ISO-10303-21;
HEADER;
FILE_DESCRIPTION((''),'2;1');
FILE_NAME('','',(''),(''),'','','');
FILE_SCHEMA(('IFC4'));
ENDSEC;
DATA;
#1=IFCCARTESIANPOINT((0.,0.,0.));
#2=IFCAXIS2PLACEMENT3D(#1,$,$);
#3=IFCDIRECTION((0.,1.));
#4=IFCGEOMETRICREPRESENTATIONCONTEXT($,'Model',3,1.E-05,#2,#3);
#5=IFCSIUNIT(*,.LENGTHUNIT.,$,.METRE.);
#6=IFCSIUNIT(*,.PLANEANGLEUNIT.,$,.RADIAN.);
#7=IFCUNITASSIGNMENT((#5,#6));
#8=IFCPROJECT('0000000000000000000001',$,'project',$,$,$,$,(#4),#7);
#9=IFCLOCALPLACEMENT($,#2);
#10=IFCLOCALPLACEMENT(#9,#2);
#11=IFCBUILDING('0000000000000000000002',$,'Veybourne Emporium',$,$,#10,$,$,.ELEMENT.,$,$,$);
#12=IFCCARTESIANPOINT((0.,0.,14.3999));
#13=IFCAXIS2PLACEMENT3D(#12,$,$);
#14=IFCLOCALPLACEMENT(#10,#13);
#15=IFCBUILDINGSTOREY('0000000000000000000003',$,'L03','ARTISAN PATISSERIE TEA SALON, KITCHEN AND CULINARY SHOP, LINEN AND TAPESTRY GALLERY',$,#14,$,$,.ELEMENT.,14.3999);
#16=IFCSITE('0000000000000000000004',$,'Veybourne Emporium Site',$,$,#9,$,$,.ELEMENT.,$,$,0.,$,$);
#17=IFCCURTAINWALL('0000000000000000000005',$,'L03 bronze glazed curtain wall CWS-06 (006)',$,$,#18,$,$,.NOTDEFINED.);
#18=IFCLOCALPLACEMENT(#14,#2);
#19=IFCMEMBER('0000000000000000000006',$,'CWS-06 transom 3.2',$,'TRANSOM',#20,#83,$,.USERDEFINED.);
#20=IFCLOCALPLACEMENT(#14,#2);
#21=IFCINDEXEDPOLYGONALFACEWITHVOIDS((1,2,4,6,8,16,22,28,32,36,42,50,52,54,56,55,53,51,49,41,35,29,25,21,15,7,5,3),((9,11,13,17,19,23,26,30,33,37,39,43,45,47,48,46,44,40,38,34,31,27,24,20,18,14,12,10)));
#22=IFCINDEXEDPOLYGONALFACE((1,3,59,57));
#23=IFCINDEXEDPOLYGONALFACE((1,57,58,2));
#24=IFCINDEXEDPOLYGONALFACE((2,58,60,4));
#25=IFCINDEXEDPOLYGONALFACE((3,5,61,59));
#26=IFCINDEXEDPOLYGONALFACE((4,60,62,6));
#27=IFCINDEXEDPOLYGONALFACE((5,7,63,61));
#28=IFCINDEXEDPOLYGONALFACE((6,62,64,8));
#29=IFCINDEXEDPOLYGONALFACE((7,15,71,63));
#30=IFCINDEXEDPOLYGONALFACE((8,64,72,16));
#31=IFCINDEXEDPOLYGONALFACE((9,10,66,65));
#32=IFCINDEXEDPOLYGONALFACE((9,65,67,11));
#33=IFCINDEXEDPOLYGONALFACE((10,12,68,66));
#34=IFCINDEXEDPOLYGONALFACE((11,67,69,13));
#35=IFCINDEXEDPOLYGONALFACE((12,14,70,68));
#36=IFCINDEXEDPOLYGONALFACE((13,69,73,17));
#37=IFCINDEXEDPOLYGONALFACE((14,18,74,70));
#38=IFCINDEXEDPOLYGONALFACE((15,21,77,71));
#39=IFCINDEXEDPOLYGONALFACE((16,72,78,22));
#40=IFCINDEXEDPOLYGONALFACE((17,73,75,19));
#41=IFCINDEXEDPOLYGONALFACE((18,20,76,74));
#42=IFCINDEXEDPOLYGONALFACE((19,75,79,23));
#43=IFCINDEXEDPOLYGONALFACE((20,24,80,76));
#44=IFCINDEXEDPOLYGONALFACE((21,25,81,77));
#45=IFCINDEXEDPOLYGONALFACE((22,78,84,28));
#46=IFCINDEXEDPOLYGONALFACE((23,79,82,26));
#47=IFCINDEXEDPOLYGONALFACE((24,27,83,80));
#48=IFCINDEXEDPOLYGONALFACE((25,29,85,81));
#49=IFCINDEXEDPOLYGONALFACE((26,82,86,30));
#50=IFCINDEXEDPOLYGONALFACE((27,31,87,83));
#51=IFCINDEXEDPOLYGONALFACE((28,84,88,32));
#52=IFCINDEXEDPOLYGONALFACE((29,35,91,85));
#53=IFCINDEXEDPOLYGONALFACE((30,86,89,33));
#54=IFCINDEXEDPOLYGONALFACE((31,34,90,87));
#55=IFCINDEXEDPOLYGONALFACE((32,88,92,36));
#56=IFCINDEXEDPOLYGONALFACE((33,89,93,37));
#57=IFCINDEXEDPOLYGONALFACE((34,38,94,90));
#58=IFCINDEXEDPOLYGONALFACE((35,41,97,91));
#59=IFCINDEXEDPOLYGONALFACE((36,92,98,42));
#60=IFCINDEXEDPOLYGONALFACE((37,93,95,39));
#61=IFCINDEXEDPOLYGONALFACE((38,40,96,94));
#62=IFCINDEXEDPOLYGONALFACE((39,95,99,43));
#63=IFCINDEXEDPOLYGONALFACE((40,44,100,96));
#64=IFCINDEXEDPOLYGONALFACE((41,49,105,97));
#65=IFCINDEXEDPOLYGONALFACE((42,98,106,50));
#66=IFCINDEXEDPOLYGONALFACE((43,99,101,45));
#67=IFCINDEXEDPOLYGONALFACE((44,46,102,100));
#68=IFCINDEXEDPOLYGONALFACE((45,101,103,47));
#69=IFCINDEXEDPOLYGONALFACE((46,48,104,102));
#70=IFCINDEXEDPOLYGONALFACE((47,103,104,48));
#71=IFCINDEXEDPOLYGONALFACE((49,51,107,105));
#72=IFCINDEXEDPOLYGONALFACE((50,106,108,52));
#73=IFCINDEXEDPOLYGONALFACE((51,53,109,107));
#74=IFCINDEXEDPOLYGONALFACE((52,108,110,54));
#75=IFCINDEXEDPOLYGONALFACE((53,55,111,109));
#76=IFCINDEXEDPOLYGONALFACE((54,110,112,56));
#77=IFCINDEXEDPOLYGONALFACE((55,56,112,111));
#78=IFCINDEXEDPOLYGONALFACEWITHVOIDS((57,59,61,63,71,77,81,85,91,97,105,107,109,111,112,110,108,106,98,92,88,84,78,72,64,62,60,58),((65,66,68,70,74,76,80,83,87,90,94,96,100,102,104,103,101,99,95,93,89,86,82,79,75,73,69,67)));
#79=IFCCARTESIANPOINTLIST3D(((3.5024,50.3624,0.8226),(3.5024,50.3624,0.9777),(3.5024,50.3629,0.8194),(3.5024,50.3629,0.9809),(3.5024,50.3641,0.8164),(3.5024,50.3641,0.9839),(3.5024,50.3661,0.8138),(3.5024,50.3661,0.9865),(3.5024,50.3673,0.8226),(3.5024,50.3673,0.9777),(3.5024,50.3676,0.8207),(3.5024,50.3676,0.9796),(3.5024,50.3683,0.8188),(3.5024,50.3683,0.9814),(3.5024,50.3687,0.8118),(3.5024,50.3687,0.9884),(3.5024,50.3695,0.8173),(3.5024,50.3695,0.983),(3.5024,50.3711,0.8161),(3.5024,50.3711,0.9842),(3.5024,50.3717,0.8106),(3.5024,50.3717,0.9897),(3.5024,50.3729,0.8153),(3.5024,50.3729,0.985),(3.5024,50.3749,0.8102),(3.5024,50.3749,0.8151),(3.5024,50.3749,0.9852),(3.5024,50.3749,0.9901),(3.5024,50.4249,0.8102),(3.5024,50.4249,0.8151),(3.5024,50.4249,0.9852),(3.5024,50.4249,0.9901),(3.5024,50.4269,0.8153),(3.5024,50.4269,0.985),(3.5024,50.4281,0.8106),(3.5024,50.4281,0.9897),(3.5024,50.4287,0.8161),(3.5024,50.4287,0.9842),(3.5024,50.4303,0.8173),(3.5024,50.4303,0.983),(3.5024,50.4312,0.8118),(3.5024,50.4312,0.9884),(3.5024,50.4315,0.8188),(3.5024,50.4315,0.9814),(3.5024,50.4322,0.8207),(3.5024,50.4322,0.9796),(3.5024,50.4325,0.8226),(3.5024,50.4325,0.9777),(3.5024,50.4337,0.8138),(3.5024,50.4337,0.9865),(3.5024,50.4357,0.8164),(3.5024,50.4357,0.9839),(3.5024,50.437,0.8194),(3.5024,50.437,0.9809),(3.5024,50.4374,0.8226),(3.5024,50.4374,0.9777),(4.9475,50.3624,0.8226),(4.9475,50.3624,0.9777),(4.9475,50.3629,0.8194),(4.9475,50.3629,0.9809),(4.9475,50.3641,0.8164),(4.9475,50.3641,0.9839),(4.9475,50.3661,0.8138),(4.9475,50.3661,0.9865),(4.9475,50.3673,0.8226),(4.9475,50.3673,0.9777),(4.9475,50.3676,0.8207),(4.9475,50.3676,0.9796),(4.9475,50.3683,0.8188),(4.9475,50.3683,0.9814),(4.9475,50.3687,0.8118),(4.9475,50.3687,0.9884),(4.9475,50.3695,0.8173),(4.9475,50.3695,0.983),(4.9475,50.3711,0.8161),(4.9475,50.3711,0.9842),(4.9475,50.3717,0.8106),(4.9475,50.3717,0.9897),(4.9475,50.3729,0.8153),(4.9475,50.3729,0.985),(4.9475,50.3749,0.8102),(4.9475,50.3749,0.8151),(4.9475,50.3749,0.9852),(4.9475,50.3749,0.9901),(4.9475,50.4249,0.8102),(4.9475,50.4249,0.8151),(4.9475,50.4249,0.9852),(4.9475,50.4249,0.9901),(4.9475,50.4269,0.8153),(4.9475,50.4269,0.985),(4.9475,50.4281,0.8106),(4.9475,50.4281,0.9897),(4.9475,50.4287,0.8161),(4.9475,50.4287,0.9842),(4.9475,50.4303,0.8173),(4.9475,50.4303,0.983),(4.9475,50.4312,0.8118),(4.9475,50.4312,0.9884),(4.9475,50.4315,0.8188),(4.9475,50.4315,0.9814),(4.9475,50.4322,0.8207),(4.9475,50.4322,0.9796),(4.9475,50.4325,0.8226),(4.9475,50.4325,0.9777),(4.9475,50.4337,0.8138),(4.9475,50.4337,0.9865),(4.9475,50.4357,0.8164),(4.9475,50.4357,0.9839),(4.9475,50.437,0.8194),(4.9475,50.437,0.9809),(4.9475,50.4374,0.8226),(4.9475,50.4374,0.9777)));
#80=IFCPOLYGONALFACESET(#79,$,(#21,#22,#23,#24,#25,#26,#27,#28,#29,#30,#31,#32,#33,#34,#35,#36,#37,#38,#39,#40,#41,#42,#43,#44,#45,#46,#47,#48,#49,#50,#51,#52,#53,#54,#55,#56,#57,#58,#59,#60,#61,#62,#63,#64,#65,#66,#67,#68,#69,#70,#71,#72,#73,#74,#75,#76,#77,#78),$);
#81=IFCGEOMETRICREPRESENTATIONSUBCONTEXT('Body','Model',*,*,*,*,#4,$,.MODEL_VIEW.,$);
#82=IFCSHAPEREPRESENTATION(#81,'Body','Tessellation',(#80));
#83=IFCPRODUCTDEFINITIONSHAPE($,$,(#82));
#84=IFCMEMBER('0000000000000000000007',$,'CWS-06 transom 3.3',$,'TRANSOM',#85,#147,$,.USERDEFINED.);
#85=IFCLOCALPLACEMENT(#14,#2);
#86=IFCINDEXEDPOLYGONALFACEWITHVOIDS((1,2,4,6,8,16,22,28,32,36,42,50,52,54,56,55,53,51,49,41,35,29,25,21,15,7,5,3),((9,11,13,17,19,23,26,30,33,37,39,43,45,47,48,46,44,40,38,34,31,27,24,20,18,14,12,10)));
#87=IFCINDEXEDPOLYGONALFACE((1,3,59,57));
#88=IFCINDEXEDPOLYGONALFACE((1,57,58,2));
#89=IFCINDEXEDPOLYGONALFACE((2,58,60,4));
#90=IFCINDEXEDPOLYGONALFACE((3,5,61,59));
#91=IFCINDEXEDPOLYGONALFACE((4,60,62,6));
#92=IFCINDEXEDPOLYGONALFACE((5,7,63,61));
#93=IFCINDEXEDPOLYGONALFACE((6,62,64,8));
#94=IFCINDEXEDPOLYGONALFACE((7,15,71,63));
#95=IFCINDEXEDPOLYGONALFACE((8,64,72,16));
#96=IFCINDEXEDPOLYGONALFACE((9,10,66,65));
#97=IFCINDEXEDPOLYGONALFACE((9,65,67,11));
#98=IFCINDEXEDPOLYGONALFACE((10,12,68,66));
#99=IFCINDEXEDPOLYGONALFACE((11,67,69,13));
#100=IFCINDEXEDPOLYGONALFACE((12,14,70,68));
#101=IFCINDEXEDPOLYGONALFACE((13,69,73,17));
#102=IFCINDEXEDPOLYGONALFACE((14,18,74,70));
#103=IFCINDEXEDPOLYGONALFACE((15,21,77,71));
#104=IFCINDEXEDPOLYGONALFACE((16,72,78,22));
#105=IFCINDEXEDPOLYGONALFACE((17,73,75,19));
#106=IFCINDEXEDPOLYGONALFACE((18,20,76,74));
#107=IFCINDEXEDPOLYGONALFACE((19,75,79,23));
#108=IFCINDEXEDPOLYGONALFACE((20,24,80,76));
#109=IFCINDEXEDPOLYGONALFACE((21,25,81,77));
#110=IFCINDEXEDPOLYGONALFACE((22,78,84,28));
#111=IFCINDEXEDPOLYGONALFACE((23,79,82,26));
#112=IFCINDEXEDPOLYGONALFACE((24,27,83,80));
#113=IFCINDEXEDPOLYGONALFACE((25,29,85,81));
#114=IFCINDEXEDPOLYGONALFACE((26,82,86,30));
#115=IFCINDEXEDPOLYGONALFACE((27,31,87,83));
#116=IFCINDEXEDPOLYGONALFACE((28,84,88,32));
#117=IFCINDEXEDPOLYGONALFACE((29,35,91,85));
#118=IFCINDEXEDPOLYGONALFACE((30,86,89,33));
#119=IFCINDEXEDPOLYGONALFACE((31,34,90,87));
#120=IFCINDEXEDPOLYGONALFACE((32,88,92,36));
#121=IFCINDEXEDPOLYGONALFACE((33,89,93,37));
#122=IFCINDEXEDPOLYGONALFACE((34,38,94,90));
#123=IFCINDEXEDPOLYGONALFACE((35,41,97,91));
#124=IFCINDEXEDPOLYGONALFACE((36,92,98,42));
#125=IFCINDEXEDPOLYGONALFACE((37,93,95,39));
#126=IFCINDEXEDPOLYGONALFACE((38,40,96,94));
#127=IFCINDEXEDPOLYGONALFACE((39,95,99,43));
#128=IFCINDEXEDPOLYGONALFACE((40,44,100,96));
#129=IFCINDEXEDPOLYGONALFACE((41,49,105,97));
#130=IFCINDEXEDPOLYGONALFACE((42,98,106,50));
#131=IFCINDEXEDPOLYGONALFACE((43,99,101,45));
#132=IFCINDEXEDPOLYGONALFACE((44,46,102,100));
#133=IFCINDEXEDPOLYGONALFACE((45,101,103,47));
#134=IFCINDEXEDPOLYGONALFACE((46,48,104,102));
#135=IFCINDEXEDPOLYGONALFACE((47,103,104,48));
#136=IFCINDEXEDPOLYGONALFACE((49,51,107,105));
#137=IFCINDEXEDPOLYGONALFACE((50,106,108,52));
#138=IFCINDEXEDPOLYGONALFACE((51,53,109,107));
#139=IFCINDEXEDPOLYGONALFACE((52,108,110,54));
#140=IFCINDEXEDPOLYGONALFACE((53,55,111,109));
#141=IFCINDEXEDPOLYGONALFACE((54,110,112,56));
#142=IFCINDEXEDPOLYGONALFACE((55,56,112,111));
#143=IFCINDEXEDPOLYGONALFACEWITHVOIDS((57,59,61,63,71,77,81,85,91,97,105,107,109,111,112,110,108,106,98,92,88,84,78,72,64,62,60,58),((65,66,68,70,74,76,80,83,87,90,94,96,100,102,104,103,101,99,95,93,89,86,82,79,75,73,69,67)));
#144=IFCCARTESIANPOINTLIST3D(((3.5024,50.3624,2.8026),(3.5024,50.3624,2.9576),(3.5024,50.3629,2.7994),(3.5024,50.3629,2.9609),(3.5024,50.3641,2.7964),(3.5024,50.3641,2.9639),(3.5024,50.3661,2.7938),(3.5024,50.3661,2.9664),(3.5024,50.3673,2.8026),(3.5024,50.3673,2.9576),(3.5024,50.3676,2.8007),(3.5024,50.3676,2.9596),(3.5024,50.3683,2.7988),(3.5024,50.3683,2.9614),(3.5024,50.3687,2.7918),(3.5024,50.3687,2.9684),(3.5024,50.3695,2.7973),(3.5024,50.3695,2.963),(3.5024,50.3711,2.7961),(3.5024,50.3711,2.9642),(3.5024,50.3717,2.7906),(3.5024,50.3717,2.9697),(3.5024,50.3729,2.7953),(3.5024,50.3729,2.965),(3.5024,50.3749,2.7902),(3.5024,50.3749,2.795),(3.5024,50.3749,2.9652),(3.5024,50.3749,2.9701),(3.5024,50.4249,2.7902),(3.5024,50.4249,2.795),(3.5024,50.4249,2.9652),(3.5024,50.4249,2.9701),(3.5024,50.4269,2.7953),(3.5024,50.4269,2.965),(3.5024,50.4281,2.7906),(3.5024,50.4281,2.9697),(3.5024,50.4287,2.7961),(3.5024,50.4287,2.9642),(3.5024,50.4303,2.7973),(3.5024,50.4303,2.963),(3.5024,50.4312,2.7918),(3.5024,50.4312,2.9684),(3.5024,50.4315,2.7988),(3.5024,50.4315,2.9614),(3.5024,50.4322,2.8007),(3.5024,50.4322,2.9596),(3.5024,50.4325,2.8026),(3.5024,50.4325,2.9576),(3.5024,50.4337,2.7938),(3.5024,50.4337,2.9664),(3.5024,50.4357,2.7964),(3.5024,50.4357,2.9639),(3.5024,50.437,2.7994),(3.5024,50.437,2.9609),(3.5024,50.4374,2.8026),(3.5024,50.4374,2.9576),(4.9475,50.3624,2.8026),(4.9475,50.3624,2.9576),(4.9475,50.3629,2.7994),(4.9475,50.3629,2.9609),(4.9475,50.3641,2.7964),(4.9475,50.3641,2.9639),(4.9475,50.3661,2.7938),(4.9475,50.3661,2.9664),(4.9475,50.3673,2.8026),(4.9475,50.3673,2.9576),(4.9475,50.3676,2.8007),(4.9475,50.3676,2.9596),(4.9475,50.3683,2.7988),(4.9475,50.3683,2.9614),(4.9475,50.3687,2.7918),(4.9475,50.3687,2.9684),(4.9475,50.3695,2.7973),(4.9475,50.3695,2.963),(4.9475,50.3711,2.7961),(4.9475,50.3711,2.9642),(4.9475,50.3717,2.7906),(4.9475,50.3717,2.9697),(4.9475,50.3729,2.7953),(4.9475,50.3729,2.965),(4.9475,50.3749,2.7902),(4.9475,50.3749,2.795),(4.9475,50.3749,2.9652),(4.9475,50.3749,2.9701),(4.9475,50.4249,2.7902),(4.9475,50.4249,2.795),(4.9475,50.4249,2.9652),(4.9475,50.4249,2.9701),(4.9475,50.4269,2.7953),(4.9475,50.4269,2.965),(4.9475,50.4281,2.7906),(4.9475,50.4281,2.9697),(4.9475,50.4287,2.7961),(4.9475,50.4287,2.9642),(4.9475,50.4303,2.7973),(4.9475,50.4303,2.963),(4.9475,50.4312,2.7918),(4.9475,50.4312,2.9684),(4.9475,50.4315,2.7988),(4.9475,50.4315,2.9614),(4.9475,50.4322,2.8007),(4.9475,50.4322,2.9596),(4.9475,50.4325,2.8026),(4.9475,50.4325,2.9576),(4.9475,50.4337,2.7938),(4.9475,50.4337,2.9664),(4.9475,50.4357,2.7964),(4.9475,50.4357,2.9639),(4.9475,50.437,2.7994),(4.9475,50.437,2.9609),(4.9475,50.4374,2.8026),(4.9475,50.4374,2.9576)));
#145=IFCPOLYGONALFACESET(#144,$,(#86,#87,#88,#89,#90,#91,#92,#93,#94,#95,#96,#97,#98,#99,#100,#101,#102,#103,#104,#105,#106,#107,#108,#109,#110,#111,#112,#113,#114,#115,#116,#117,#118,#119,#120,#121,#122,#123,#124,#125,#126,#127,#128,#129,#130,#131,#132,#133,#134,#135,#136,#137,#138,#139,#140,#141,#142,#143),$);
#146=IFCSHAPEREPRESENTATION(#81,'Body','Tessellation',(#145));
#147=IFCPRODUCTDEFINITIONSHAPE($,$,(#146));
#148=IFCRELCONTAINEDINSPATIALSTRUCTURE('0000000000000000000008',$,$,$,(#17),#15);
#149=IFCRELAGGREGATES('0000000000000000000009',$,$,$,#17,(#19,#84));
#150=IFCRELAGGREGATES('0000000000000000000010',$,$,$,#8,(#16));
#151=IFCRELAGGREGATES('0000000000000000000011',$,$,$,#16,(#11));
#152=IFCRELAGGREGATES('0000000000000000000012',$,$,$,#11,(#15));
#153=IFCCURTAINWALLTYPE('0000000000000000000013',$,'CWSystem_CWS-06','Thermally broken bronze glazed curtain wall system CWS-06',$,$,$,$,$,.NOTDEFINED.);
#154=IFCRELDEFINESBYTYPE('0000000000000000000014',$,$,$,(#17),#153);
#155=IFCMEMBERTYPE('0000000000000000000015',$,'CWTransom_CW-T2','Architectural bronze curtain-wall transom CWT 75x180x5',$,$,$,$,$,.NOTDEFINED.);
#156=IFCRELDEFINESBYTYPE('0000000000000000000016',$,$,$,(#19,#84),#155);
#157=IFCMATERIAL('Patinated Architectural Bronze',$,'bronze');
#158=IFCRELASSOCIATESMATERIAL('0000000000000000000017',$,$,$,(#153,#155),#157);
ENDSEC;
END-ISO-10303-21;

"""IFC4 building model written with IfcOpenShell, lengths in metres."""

from ifc_helpers import new_model, si_unit, direction, frame, origin, origin_2d, place, context, subcontext, project, spatial, hollow_rectangle, extrude, material, material_profile, profile_set, type_object, element, aggregate, save


model = new_model("IFC4")

# Units and contexts
model_context = context("Model", 3, precision=1e-05, world=origin(), true_north=direction((0.0, 1.0)))
body_context = subcontext(model_context, "Body", "Model", "MODEL_VIEW")
ifc_project = project(units=[si_unit("LENGTHUNIT", "METRE"), si_unit("PLANEANGLEUNIT", "RADIAN")], contexts=[model_context])

# Site, building, storey
site_placement = place(None, origin())
site = spatial("IfcSite", under=ifc_project, at=site_placement, Name="Veybourne Emporium Site", CompositionType="ELEMENT", RefElevation=0.0)
building_placement = place(site_placement, origin())
building = spatial("IfcBuilding", under=site, at=building_placement, Name="Veybourne Emporium", CompositionType="ELEMENT")
storey_placement = place(building_placement, frame((0.0, 0.0, 14.3999)))
storey = spatial("IfcBuildingStorey", under=building, at=storey_placement, Name="L03", Description="ARTISAN PATISSERIE TEA SALON, KITCHEN AND CULINARY SHOP, LINEN AND TAPESTRY GALLERY", CompositionType="ELEMENT", Elevation=14.3999)

# Curtain wall, members
ifc_material_1 = material(Name="Patinated Architectural Bronze", Category="bronze")
curtain_wall_type = type_object("IfcCurtainWallType", Name="CWSystem_CWS-06", Description="Thermally broken bronze glazed curtain wall system CWS-06", PredefinedType="NOTDEFINED", material=ifc_material_1)
curtain_wall_placement = place(storey_placement, origin())
curtain_wall = element("IfcCurtainWall", 1, at=curtain_wall_placement, inside=storey, type_object=curtain_wall_type, Name="L03 bronze glazed curtain wall CWS-06 (006)", PredefinedType="NOTDEFINED")
ifc_material_profile_1 = material_profile(ifc_material_1, hollow_rectangle(XDim=0.075, YDim=0.1799, WallThickness=0.0049, InnerFilletRadius=0.0076, OuterFilletRadius=0.0125, at=origin_2d()), Name="CWT 75x180x5")
ifc_profile_set_1 = profile_set([ifc_material_profile_1], Name="Patinated Architectural Bronze")
member_type_1 = type_object("IfcMemberType", Name="CWTransom_CW-T2", Description="Architectural bronze curtain-wall transom CWT 75x180x5", PredefinedType="NOTDEFINED", material=ifc_profile_set_1)
member_1_placement = place(storey_placement, frame((3.5024, 50.3999, 0.9001), z_axis=(1.0, 0.0, 0.0), x_axis=(0.0, 1.0, 0.0)))
member_1 = element("IfcMember", 2, at=member_1_placement, type_object=member_type_1, Name="CWS-06 transom 3.2", ObjectType="TRANSOM", PredefinedType="USERDEFINED", context=body_context, shape_type="SweptSolid", body=[
    extrude(hollow_rectangle(XDim=0.075, YDim=0.1799, WallThickness=0.0049, InnerFilletRadius=0.0076, OuterFilletRadius=0.0125, at=origin_2d()), origin(), (0.0, 0.0, 1.0), 1.4451),
])
member_2_placement = place(storey_placement, frame((3.5024, 50.3999, 2.8801), z_axis=(1.0, 0.0, 0.0), x_axis=(0.0, 1.0, 0.0)))
member_2 = element("IfcMember", 3, at=member_2_placement, type_object=member_type_1, Name="CWS-06 transom 3.3", ObjectType="TRANSOM", PredefinedType="USERDEFINED", context=body_context, shape_type="SweptSolid", body=[
    extrude(hollow_rectangle(XDim=0.075, YDim=0.1799, WallThickness=0.0049, InnerFilletRadius=0.0076, OuterFilletRadius=0.0125, at=origin_2d()), origin(), (0.0, 0.0, 1.0), 1.4451),
])
aggregate(curtain_wall, [member_1, member_2])

save(model, "model.ifc")
